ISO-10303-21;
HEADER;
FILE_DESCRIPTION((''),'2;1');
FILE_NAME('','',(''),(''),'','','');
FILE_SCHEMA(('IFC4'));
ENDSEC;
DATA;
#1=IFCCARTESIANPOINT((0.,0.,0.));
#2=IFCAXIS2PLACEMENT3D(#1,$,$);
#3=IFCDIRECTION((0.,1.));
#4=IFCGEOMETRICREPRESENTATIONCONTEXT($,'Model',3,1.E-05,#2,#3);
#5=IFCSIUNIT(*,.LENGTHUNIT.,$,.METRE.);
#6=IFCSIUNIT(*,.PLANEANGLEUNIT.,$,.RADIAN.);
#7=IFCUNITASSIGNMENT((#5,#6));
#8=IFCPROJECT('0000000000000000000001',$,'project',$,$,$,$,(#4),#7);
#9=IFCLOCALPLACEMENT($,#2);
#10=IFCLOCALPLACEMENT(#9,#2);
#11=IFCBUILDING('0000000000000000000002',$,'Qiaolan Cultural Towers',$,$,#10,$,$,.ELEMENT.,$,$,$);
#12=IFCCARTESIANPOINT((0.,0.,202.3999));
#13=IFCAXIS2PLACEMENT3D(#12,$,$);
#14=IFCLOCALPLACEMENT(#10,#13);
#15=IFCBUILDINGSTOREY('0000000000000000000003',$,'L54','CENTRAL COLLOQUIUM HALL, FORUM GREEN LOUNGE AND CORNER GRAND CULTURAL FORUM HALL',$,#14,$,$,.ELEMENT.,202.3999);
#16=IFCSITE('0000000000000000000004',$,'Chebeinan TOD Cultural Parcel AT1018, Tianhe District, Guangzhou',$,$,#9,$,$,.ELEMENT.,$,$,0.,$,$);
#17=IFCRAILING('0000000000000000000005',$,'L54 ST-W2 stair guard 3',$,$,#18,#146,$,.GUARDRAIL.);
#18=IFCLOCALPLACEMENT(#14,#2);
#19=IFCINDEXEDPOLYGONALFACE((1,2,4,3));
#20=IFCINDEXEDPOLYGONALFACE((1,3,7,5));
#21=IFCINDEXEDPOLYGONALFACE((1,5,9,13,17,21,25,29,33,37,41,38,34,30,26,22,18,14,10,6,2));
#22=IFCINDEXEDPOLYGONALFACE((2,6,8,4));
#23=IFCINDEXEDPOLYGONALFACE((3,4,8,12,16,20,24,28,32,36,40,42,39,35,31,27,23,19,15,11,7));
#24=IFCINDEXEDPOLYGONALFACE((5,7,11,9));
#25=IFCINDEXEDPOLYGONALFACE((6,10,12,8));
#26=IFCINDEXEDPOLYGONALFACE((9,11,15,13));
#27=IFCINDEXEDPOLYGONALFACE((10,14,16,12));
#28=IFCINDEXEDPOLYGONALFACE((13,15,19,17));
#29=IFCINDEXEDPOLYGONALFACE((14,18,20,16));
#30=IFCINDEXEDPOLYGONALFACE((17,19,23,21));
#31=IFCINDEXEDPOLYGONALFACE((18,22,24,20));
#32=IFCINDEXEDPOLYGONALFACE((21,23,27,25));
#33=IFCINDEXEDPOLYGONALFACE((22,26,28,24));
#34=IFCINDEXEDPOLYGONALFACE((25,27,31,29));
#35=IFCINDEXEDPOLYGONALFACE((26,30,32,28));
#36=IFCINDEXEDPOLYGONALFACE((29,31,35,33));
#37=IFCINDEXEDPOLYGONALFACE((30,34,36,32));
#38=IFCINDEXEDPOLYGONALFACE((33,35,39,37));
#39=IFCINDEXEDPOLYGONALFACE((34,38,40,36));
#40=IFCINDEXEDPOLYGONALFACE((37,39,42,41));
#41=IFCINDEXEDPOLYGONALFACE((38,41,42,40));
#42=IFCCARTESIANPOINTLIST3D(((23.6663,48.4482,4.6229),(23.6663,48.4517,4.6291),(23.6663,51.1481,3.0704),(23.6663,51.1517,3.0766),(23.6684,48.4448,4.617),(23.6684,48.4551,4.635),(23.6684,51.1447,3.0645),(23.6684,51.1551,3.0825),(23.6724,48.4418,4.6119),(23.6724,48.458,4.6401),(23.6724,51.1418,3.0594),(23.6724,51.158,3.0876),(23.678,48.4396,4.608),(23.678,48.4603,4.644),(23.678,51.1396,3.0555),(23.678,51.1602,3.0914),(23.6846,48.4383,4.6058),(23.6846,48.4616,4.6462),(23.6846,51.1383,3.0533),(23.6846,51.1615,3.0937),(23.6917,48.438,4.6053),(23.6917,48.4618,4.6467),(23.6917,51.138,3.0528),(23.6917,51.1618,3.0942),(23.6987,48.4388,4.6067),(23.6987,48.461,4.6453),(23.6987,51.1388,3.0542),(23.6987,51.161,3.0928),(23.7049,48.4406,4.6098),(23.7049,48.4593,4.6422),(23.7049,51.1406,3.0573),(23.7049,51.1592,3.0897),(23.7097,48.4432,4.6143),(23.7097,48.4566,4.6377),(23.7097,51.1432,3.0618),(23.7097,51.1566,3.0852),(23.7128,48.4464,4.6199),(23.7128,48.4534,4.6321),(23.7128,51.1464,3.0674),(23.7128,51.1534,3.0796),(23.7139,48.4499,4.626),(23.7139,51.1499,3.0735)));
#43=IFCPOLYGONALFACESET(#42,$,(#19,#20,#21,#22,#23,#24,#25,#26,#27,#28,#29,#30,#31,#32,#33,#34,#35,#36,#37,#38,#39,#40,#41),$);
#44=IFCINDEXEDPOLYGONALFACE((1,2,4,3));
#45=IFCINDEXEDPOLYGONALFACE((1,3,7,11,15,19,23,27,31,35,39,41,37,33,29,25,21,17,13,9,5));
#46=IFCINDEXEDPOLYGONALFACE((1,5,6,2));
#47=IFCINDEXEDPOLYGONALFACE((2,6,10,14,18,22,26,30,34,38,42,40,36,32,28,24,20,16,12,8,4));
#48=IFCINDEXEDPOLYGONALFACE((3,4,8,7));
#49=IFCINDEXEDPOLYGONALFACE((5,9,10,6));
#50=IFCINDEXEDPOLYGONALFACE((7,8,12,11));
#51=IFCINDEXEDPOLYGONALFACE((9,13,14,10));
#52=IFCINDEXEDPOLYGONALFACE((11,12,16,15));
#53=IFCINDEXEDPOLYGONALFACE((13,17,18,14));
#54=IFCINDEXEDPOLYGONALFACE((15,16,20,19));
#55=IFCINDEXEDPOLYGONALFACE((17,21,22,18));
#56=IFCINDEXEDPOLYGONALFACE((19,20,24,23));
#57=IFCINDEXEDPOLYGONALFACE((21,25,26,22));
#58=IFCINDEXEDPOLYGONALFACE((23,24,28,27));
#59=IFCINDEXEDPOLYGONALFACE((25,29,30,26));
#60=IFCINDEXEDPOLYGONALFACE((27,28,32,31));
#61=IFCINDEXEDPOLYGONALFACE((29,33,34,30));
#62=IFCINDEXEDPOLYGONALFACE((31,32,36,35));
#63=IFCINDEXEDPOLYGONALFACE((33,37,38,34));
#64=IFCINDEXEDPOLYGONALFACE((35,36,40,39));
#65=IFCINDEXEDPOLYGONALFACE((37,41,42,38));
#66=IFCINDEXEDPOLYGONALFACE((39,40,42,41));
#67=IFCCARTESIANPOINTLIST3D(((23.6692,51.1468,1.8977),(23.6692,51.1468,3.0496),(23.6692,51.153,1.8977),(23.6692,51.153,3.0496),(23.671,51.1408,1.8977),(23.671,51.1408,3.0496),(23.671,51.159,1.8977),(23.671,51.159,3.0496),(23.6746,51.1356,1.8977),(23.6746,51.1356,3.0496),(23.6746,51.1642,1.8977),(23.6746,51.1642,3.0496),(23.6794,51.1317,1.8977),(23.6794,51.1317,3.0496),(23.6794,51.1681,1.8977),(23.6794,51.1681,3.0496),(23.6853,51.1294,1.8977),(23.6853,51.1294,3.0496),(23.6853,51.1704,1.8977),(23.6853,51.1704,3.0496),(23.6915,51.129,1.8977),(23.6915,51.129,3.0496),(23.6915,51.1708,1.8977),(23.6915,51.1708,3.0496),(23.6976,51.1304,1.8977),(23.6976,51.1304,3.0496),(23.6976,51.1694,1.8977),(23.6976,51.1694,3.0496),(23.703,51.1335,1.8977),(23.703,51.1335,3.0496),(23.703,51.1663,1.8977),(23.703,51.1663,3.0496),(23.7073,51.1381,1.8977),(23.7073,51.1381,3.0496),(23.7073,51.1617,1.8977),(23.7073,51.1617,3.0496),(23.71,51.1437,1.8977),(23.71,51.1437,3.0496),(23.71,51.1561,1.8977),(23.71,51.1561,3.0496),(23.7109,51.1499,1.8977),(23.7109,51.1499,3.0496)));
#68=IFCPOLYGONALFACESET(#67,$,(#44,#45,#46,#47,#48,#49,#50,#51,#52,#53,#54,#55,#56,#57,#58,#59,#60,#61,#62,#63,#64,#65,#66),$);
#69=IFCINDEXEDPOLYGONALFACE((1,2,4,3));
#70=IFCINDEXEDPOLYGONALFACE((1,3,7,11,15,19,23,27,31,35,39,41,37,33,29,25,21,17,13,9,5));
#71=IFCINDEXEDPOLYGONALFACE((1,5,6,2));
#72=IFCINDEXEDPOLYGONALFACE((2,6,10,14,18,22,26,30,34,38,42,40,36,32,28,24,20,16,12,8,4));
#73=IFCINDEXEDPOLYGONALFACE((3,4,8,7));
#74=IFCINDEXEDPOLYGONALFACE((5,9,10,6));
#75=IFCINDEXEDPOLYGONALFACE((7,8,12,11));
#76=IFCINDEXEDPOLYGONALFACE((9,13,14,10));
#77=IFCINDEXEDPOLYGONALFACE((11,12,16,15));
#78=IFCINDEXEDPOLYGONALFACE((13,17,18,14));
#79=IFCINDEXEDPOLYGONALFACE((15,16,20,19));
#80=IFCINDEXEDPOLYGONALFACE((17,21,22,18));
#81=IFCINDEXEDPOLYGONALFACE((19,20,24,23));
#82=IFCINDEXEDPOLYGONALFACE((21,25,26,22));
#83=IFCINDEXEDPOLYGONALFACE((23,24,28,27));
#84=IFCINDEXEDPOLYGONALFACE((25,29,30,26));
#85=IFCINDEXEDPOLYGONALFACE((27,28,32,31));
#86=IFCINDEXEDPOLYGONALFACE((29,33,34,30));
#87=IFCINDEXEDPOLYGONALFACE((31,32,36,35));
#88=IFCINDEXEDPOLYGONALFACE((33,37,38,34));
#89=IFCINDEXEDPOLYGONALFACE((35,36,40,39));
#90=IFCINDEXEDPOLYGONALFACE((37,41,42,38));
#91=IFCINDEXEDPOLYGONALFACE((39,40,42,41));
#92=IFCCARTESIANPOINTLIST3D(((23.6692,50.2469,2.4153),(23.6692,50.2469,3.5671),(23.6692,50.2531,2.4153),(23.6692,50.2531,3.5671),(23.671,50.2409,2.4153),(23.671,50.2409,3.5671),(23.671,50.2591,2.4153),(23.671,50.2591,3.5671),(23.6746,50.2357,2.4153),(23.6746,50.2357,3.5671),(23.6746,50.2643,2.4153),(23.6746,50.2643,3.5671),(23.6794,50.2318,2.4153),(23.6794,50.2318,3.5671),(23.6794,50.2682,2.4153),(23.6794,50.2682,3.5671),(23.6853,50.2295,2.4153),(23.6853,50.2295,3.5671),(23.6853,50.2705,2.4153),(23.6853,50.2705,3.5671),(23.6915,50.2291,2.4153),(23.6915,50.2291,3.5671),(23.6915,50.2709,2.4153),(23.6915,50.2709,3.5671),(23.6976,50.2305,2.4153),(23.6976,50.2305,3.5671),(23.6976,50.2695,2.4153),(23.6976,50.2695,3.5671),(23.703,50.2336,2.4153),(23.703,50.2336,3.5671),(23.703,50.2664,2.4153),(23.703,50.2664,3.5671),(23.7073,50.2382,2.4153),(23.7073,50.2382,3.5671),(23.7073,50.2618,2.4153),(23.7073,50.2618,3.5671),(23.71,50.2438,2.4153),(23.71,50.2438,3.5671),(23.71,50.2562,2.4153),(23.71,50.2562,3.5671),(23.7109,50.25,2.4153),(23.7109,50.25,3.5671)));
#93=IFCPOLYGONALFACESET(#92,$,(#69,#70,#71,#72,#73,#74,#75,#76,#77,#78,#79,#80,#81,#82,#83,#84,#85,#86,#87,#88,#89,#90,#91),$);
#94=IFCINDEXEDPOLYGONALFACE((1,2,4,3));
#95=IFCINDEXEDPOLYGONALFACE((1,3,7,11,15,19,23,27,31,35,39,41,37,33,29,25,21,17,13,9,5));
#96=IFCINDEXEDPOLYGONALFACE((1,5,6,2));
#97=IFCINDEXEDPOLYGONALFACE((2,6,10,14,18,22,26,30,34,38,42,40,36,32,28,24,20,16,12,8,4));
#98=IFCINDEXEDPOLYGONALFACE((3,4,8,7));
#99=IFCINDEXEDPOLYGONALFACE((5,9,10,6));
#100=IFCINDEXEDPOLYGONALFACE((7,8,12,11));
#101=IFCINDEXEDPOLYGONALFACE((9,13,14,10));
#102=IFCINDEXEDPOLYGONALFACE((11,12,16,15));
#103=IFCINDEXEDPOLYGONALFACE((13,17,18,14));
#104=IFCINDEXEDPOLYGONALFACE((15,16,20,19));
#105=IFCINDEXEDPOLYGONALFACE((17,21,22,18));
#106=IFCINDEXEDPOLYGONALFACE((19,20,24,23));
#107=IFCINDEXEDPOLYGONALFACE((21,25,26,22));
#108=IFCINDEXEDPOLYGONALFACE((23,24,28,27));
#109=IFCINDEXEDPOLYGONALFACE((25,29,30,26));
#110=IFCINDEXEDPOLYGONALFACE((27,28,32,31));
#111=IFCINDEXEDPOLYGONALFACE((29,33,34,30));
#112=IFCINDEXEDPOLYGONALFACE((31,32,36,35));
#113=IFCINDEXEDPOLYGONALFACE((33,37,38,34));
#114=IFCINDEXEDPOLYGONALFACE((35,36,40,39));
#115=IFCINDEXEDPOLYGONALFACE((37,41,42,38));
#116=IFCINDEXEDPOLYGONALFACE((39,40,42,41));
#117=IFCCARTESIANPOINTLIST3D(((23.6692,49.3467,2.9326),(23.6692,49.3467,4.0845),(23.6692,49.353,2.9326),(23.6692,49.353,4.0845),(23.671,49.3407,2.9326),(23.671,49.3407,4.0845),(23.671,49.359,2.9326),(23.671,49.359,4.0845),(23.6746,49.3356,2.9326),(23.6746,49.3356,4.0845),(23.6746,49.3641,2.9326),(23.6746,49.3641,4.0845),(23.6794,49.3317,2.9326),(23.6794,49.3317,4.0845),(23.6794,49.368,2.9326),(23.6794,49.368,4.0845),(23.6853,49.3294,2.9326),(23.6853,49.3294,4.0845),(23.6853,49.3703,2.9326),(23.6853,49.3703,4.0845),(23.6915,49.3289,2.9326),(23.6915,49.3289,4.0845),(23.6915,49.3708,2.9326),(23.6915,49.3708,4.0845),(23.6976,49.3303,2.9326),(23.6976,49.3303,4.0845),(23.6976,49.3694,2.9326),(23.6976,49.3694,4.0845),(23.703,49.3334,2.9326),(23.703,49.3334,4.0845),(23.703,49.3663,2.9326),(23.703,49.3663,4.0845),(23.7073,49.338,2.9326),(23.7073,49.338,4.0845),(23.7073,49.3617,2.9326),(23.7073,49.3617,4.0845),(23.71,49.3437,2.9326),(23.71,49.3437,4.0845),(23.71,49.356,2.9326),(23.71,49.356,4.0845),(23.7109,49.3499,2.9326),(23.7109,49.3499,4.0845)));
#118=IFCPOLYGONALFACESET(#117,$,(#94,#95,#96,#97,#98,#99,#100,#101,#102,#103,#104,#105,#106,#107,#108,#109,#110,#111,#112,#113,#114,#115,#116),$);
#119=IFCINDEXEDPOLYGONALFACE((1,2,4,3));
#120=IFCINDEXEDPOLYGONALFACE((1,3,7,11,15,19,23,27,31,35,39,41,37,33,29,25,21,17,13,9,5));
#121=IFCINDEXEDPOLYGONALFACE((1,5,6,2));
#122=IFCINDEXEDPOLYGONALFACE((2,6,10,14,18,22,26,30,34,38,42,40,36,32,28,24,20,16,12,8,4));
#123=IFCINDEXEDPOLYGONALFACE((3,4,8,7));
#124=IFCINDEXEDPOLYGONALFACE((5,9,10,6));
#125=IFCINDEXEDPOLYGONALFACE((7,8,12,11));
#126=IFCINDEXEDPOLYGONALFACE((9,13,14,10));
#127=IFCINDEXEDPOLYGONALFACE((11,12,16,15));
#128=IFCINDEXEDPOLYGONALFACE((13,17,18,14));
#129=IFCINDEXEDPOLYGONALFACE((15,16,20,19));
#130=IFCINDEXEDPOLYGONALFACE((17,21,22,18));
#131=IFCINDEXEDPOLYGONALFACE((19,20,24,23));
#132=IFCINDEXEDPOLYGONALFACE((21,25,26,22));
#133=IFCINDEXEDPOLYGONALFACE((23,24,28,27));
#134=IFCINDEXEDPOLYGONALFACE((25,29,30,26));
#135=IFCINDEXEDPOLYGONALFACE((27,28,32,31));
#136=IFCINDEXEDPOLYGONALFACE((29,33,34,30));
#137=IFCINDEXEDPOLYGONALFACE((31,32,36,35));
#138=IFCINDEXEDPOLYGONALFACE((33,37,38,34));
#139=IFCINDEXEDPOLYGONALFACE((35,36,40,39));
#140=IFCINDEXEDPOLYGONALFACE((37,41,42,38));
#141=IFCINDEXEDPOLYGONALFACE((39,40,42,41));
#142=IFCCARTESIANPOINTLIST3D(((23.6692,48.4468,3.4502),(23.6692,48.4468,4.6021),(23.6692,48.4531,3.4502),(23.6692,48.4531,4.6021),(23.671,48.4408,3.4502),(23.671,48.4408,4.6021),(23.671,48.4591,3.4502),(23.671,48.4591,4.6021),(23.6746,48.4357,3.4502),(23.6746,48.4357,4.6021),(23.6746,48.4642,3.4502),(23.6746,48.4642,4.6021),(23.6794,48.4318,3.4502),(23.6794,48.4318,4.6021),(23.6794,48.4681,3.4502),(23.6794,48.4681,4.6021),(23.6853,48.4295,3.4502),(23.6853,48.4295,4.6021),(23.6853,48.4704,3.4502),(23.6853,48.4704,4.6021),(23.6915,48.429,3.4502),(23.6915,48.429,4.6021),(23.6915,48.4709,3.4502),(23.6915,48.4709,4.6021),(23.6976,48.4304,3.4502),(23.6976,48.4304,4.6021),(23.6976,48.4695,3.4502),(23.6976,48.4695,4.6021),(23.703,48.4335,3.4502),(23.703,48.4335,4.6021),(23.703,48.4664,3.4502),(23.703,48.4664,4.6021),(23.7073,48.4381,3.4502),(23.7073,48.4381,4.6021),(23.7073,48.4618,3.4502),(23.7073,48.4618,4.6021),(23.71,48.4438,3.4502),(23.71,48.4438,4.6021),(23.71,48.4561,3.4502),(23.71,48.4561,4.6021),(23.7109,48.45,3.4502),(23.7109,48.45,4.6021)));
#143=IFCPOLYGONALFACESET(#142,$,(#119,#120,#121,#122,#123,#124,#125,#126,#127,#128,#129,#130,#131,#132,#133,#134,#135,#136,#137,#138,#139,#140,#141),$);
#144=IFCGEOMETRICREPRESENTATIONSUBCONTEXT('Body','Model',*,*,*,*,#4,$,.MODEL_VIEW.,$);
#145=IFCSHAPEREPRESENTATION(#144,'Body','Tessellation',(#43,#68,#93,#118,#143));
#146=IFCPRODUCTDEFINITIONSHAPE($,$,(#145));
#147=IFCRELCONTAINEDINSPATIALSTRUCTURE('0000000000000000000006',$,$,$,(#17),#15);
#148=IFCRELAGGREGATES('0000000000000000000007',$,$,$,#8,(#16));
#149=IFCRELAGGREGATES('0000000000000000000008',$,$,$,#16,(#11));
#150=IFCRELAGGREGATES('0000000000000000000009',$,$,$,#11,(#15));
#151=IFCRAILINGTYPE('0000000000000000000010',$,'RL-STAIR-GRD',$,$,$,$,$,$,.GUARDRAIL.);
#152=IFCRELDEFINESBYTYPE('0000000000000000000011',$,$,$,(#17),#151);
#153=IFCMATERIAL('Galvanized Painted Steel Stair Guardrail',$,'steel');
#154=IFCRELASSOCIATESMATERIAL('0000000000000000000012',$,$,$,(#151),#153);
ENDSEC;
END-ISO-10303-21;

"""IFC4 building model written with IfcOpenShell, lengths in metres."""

from ifc_helpers import new_model, si_unit, direction, frame, origin, origin_2d, place, context, subcontext, project, spatial, circle, extrude, material, type_object, element, save


model = new_model("IFC4")

# Units and contexts
model_context = context("Model", 3, precision=1e-05, world=origin(), true_north=direction((0.0, 1.0)))
body_context = subcontext(model_context, "Body", "Model", "MODEL_VIEW")
ifc_project = project(units=[si_unit("LENGTHUNIT", "METRE"), si_unit("PLANEANGLEUNIT", "RADIAN")], contexts=[model_context])

# Site, building, storey
site_placement = place(None, origin())
site = spatial("IfcSite", under=ifc_project, at=site_placement, Name="Chebeinan TOD Cultural Parcel AT1018, Tianhe District, Guangzhou", CompositionType="ELEMENT", RefElevation=0.0)
building_placement = place(site_placement, origin())
building = spatial("IfcBuilding", under=site, at=building_placement, Name="Qiaolan Cultural Towers", CompositionType="ELEMENT")
storey_placement = place(building_placement, frame((0.0, 0.0, 202.3999)))
storey = spatial("IfcBuildingStorey", under=building, at=storey_placement, Name="L54", Description="CENTRAL COLLOQUIUM HALL, FORUM GREEN LOUNGE AND CORNER GRAND CULTURAL FORUM HALL", CompositionType="ELEMENT", Elevation=202.3999)

# Railing
ifc_material_1 = material(Name="Galvanized Painted Steel Stair Guardrail", Category="steel")
railing_type = type_object("IfcRailingType", Name="RL-STAIR-GRD", PredefinedType="GUARDRAIL", material=ifc_material_1)
railing_1_placement = place(storey_placement, frame((23.6899, 51.1499, 1.8977)))
element("IfcRailing", 1, at=railing_1_placement, inside=storey, type_object=railing_type, Name="L54 ST-W2 stair guard 3", PredefinedType="GUARDRAIL", context=body_context, shape_type="SweptSolid", body=[
    extrude(circle(Radius=0.0239, at=origin_2d()), frame((0.0, 0.0, 1.1758), z_axis=(0.0, -0.866904, 0.498476), x_axis=(1.0, 0.0, 0.0)), (0.0, 0.0, 1.0), 3.1145),
    extrude(circle(Radius=0.021, at=origin_2d()), origin(), (0.0, 0.0, 1.0), 1.1519),
    extrude(circle(Radius=0.021, at=origin_2d()), frame((0.0, -0.8999, 0.5176)), (0.0, 0.0, 1.0), 1.1519),
    extrude(circle(Radius=0.021, at=origin_2d()), frame((0.0, -1.8, 1.0349)), (0.0, 0.0, 1.0), 1.1519),
    extrude(circle(Radius=0.021, at=origin_2d()), frame((0.0, -2.7, 1.5525)), (0.0, 0.0, 1.0), 1.1519),
])

save(model, "model.ifc")
